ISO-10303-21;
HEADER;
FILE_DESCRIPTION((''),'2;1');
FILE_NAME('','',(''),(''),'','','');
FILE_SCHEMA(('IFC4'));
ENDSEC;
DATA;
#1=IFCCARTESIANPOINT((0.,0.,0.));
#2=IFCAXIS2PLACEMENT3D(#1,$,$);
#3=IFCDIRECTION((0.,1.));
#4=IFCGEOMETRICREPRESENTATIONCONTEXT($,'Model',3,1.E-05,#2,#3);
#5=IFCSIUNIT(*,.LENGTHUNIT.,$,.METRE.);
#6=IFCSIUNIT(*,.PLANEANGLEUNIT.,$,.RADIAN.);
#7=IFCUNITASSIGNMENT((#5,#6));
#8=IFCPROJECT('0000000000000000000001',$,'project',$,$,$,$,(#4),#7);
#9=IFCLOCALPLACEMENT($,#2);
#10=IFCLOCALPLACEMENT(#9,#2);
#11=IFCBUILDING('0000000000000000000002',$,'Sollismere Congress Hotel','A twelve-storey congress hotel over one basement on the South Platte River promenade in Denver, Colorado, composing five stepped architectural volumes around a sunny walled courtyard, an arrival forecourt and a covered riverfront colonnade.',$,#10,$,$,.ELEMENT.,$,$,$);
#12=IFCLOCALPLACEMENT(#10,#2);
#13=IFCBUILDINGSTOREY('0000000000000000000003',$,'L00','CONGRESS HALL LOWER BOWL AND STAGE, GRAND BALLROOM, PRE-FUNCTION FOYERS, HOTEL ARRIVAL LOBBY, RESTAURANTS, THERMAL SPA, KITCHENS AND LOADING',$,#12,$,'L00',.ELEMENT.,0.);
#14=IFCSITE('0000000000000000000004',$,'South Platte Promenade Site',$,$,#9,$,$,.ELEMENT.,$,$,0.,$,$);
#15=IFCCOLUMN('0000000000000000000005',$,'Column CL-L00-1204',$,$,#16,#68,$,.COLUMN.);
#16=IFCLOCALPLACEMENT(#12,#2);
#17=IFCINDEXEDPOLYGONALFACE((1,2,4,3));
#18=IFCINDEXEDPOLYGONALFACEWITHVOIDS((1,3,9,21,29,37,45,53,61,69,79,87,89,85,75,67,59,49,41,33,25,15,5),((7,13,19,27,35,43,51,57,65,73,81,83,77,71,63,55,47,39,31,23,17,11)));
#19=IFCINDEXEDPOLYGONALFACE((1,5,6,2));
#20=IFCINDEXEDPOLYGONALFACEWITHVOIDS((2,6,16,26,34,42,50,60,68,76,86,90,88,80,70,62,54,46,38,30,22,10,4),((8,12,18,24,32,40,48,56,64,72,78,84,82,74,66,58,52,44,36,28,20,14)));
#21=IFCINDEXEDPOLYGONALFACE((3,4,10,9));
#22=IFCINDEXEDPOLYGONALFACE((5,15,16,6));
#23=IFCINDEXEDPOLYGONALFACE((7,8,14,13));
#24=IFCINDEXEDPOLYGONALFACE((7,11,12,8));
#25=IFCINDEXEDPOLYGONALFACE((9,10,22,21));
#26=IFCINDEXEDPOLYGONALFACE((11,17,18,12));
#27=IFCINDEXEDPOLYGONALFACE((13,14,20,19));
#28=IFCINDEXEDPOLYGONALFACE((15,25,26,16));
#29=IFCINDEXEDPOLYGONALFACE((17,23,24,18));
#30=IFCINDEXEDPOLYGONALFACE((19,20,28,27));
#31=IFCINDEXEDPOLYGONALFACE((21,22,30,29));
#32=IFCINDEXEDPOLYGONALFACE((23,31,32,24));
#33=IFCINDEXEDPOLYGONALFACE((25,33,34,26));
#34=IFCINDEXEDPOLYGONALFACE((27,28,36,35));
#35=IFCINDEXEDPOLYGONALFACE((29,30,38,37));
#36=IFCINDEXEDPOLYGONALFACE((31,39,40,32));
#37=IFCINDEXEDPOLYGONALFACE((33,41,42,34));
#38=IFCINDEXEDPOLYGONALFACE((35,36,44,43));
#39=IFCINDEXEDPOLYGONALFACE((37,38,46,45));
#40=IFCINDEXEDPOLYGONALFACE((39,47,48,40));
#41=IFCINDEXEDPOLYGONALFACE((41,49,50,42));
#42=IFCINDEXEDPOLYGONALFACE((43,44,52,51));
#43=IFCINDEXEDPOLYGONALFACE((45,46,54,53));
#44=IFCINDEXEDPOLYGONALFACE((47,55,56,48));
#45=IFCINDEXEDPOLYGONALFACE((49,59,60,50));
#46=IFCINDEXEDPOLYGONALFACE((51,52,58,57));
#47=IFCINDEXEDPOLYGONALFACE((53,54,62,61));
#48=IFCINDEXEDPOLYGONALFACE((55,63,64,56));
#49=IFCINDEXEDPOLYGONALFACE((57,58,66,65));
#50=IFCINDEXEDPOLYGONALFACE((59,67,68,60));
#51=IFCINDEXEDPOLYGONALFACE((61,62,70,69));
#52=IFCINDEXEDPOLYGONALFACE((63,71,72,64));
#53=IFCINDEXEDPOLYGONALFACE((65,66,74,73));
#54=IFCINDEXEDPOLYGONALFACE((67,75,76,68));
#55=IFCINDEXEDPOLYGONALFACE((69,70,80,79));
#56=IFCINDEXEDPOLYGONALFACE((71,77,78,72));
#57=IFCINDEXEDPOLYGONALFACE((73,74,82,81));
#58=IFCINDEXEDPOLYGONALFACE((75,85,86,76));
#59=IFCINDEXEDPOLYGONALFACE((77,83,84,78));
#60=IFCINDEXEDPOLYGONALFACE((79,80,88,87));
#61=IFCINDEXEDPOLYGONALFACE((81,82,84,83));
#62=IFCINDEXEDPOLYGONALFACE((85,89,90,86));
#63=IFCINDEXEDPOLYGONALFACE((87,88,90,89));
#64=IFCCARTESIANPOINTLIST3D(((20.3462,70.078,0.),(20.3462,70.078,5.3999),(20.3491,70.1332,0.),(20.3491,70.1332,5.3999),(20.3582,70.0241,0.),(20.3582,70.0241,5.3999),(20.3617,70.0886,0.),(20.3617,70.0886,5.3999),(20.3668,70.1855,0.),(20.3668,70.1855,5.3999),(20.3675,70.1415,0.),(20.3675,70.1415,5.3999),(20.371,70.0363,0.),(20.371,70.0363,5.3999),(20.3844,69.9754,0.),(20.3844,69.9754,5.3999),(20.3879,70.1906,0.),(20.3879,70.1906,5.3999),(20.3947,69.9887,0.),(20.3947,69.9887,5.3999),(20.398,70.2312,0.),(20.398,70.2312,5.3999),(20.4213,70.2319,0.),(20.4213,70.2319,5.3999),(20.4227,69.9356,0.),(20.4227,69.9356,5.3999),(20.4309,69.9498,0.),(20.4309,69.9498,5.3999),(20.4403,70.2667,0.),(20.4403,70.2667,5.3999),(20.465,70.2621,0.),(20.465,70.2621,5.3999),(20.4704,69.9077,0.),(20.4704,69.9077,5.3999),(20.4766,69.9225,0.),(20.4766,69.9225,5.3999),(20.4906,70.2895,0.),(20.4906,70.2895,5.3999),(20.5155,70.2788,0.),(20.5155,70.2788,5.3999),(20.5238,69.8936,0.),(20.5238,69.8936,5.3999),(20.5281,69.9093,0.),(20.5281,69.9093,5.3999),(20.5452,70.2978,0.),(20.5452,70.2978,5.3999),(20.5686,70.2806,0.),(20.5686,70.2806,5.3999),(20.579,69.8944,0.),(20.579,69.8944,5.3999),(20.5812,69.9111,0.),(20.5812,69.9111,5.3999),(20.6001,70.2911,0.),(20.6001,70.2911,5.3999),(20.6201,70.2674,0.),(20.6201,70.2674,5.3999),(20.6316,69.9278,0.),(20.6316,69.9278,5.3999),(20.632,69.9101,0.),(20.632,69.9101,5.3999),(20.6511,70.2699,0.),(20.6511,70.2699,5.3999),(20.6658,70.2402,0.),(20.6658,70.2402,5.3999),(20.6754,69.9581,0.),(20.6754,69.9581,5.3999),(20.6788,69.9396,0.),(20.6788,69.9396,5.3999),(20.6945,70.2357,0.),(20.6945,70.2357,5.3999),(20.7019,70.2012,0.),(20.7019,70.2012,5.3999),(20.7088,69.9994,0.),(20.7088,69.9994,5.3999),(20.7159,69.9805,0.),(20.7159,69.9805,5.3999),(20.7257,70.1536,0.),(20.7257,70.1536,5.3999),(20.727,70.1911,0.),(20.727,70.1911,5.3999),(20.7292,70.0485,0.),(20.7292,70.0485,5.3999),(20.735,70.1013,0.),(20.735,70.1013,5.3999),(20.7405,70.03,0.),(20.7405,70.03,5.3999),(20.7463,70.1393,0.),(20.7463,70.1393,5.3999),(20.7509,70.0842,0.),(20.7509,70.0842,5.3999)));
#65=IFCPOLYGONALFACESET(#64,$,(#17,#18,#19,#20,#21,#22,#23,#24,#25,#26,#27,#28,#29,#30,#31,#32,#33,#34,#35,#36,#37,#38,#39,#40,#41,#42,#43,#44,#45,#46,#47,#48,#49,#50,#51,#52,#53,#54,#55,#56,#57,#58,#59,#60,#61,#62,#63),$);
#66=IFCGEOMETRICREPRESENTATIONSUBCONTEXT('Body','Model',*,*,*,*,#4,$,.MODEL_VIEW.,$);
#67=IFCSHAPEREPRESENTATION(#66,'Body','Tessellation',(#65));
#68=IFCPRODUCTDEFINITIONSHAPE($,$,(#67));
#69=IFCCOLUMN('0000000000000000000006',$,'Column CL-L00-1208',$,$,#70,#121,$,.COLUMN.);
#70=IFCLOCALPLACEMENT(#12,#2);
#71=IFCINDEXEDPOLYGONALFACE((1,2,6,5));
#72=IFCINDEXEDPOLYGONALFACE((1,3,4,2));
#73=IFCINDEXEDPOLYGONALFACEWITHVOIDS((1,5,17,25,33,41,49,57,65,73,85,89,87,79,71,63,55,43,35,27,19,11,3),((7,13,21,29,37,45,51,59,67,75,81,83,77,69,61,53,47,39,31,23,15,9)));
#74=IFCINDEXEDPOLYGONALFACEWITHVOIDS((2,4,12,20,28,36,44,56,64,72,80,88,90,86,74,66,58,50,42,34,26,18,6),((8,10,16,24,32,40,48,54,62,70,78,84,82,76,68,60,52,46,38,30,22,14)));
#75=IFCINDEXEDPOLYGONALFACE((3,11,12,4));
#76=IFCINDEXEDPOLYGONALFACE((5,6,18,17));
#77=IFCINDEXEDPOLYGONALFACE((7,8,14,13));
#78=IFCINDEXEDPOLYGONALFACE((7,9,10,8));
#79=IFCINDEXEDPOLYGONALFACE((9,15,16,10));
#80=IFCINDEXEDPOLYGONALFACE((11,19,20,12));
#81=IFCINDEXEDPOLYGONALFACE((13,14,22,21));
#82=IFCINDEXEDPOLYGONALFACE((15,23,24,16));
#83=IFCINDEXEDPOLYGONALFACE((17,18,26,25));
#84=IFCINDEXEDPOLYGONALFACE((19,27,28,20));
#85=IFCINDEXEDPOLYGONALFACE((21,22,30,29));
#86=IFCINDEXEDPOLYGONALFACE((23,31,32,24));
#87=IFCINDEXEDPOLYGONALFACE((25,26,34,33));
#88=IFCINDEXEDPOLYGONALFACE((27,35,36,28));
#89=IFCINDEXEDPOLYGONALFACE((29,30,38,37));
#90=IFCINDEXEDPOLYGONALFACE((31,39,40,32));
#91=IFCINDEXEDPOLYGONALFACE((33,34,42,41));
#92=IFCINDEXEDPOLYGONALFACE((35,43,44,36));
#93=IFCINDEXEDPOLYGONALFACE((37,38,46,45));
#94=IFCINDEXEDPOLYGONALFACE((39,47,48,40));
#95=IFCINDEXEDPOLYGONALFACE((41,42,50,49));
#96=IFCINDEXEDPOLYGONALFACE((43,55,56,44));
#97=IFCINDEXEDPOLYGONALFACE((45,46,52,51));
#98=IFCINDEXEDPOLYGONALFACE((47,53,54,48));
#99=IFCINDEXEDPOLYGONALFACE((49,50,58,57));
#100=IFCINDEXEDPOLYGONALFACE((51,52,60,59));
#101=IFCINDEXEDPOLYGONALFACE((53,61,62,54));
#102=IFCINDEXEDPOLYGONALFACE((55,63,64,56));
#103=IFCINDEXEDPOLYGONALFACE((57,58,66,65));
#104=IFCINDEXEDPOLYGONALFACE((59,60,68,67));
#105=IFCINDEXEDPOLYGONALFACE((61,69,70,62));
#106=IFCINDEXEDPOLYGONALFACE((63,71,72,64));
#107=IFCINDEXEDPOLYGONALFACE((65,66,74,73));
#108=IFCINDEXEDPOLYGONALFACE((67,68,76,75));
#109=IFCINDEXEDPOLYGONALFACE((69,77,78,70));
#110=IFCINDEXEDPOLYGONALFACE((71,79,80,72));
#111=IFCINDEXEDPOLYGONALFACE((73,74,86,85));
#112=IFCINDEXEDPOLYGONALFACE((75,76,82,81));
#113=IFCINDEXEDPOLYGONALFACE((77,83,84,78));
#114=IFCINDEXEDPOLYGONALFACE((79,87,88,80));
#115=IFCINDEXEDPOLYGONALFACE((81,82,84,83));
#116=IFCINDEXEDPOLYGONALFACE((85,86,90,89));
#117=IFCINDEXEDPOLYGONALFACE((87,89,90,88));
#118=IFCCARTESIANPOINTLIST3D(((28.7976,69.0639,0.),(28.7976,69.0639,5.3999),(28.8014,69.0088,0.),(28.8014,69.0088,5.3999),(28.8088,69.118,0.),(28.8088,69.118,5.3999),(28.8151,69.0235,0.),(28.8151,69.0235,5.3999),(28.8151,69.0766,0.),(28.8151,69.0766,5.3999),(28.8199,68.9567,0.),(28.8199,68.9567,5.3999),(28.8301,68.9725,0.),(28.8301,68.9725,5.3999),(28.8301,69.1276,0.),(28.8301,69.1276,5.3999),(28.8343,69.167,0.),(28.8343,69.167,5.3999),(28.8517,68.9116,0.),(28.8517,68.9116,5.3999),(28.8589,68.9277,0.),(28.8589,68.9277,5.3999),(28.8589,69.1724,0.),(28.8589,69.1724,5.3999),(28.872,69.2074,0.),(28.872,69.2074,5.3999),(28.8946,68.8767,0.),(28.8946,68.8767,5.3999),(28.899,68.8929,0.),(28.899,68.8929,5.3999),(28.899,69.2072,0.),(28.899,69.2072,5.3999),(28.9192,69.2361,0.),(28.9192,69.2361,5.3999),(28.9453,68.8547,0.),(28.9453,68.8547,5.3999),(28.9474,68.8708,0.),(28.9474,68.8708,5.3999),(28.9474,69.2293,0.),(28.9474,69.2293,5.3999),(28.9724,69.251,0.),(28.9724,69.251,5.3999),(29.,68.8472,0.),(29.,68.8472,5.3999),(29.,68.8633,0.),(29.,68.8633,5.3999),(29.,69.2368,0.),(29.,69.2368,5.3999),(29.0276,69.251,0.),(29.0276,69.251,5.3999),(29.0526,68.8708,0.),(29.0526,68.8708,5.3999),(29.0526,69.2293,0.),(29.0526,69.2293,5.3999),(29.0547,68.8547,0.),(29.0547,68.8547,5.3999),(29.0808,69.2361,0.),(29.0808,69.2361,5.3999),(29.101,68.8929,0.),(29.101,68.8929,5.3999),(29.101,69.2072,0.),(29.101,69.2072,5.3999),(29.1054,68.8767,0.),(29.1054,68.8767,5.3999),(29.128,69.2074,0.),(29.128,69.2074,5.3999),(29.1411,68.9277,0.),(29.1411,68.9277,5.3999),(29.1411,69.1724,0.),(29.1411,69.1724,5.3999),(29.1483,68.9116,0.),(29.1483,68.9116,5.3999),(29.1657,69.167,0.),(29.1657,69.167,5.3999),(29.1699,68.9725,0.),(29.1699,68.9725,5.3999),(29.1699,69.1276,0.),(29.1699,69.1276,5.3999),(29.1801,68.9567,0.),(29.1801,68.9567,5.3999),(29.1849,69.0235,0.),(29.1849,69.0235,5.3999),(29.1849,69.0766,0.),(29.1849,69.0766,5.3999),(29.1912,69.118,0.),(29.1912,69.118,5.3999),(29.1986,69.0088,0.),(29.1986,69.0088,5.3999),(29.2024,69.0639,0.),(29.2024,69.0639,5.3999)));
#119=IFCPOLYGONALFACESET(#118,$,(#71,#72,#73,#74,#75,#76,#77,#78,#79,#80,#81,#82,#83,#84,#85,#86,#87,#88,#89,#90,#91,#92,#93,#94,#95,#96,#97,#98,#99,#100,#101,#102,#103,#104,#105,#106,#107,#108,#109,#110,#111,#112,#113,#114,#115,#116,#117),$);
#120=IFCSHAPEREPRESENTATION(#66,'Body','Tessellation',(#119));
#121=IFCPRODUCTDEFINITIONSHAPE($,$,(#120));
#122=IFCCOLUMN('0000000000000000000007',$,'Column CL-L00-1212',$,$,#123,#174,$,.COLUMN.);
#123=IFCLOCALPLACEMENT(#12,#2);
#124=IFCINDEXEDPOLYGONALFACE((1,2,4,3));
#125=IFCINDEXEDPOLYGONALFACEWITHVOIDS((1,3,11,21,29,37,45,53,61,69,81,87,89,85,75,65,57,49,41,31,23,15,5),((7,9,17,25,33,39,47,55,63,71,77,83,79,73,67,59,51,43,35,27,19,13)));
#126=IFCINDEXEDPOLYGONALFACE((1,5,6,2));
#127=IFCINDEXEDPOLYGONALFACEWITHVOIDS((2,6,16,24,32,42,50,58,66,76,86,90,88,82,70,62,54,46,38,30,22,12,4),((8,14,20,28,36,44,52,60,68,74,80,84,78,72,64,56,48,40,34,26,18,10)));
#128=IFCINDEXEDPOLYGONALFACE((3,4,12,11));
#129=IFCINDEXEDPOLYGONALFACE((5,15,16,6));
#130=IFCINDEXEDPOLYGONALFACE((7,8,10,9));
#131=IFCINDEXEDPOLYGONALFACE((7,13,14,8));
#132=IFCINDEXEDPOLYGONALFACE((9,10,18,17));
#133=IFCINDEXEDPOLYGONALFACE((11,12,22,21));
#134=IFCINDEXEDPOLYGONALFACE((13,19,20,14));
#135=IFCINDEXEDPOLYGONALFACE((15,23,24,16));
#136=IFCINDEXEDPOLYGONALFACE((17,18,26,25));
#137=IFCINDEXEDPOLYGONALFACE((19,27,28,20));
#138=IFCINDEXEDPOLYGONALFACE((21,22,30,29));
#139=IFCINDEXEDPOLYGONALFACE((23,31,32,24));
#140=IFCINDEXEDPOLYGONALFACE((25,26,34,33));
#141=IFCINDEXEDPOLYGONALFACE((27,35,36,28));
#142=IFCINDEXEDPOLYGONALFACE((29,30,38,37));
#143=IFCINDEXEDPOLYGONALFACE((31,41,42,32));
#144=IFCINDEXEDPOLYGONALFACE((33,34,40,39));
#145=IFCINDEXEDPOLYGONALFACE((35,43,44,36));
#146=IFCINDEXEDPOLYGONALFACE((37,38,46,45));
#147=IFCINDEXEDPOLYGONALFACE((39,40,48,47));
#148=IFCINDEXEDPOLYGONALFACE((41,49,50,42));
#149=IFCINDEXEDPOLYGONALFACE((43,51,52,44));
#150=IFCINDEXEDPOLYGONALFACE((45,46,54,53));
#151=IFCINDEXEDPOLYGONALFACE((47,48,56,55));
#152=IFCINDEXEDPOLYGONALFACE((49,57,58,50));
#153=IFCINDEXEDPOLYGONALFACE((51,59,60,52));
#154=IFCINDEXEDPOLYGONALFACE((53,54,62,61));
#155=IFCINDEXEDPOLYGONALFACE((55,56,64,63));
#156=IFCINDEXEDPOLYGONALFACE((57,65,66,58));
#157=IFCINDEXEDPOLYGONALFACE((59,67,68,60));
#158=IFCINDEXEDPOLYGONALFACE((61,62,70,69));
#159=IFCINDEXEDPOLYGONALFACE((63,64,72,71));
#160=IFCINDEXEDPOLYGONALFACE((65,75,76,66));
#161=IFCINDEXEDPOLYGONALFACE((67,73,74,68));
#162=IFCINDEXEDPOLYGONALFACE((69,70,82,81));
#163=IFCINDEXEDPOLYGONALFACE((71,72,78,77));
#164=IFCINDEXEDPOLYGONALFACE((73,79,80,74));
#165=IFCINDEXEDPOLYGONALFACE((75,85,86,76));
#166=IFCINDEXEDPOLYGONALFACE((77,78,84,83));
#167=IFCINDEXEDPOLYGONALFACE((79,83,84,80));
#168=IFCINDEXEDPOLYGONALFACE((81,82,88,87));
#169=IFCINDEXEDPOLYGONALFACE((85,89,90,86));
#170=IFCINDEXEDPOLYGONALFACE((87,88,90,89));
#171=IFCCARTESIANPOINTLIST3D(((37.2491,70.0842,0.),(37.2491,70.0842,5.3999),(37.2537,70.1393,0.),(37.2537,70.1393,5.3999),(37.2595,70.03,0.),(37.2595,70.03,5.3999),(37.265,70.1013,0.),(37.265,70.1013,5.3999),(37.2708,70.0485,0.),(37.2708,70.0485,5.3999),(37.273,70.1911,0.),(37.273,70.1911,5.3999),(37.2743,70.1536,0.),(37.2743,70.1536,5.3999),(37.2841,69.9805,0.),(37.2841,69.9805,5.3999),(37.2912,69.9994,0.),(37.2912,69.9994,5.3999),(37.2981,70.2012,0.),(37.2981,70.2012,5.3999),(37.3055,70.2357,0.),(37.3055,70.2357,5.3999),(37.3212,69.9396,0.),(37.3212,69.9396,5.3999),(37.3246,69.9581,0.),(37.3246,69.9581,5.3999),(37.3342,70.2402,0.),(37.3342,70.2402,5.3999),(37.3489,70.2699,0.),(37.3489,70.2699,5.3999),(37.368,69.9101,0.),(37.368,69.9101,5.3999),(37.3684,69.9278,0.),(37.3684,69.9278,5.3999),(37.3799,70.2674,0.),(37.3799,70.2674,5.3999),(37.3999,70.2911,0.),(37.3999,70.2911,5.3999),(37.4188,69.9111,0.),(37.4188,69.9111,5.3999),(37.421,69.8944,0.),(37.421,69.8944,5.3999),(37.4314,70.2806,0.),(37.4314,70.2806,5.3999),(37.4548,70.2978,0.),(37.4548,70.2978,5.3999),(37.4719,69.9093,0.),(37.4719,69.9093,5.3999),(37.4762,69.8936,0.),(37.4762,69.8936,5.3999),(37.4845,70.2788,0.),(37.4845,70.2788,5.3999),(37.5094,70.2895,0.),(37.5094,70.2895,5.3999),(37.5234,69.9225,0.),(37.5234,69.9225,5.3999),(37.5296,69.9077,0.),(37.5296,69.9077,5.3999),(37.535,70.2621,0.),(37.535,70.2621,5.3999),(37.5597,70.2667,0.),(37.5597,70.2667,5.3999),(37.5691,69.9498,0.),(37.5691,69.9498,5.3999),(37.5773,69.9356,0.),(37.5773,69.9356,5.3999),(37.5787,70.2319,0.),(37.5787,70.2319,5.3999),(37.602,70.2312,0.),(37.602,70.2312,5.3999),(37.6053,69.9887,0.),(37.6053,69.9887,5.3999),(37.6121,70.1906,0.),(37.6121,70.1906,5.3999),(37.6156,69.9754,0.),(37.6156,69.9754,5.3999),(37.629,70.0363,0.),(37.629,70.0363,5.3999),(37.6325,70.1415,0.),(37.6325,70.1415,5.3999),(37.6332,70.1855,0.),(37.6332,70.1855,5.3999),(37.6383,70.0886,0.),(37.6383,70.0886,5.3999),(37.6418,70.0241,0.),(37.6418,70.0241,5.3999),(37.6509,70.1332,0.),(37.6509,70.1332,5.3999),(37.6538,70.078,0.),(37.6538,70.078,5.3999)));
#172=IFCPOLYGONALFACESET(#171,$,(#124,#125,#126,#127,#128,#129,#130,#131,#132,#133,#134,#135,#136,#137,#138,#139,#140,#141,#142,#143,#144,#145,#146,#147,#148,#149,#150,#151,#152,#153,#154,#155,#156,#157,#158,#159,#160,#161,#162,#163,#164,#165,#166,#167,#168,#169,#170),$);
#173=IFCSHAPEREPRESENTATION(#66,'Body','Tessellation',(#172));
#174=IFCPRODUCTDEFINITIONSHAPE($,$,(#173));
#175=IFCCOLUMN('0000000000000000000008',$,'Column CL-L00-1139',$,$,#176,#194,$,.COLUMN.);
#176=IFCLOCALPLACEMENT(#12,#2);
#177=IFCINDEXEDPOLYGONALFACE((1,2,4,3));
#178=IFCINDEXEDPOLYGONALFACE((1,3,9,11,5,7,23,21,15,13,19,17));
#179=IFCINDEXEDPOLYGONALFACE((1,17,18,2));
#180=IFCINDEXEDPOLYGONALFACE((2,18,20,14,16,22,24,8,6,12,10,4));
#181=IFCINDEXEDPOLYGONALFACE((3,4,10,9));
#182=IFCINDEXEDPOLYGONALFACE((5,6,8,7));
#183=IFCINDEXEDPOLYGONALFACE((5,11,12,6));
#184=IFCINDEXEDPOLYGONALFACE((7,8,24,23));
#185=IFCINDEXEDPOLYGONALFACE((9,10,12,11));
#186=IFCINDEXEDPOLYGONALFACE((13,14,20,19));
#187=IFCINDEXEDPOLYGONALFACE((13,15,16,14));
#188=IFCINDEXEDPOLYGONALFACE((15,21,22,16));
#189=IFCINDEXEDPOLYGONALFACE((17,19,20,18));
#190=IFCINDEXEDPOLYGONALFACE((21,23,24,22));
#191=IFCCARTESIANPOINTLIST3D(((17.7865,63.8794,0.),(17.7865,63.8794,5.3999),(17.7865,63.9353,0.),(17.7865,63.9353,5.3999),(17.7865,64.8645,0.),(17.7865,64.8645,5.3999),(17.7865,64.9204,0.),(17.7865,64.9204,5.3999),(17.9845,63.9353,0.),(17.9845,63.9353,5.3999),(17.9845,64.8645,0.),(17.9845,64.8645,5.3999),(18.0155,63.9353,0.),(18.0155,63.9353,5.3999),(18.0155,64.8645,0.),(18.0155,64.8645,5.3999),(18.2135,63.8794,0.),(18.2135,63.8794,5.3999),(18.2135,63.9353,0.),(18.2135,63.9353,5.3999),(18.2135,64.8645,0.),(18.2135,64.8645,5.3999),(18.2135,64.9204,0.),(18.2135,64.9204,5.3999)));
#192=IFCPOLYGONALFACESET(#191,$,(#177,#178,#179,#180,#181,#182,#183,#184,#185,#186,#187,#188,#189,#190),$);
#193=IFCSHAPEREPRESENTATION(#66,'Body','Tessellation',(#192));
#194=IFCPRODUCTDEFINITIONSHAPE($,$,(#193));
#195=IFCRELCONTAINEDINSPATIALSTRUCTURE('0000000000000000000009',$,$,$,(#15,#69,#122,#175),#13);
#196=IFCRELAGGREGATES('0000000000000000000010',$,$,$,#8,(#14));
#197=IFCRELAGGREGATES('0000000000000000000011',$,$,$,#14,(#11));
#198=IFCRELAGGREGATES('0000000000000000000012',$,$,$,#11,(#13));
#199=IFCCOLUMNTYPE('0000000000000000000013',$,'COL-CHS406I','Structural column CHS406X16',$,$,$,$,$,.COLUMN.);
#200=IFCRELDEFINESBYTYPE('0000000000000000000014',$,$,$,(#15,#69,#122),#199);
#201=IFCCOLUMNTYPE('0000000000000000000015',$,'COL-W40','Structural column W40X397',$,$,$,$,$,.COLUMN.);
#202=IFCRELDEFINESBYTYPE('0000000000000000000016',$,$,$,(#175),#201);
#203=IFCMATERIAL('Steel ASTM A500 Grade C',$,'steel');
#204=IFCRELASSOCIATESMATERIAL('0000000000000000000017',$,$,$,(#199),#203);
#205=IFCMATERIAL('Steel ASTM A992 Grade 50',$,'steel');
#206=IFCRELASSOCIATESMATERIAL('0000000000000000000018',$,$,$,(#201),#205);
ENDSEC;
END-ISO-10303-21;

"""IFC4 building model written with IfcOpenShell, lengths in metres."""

from ifc_helpers import new_model, si_unit, direction, frame, origin, origin_2d, place, context, subcontext, project, spatial, hollow_circle, i_section, extrude, material, material_profile, profile_set, type_object, element, save


model = new_model("IFC4")

# Units and contexts
model_context = context("Model", 3, precision=1e-05, world=origin(), true_north=direction((0.0, 1.0)))
body_context = subcontext(model_context, "Body", "Model", "MODEL_VIEW")
ifc_project = project(units=[si_unit("LENGTHUNIT", "METRE"), si_unit("PLANEANGLEUNIT", "RADIAN")], contexts=[model_context])

# Site, building, storey
site_placement = place(None, origin())
site = spatial("IfcSite", under=ifc_project, at=site_placement, Name="South Platte Promenade Site", CompositionType="ELEMENT", RefElevation=0.0)
building_placement = place(site_placement, origin())
building = spatial("IfcBuilding", under=site, at=building_placement, Name="Sollismere Congress Hotel", Description="A twelve-storey congress hotel over one basement on the South Platte River promenade in Denver, Colorado, composing five stepped architectural volumes around a sunny walled courtyard, an arrival forecourt and a covered riverfront colonnade.", CompositionType="ELEMENT")
storey_placement = place(building_placement, origin())
storey = spatial("IfcBuildingStorey", under=building, at=storey_placement, Name="L00", Description="CONGRESS HALL LOWER BOWL AND STAGE, GRAND BALLROOM, PRE-FUNCTION FOYERS, HOTEL ARRIVAL LOBBY, RESTAURANTS, THERMAL SPA, KITCHENS AND LOADING", LongName="L00", CompositionType="ELEMENT", Elevation=0.0)

# Columns
ifc_material_1 = material(Name="Steel ASTM A500 Grade C", Category="steel")
ifc_material_profile_1 = material_profile(ifc_material_1, hollow_circle(Radius=0.2029, WallThickness=0.0161, at=origin_2d()), Name="CHS406X16")
ifc_profile_set_1 = profile_set([ifc_material_profile_1], Name="Steel ASTM A500 Grade C")
column_type_1 = type_object("IfcColumnType", Name="COL-CHS406I", Description="Structural column CHS406X16", PredefinedType="COLUMN", material=ifc_profile_set_1)
for number, where, z_axis, x_axis, name in (
    (1, (20.5483, 70.095, 0.0), (0.0, 0.0, 1.0), (-0.384295, -0.92321, 0.0), "Column CL-L00-1204"),
    (2, (29.0, 69.05, 0.0), (0.0, 0.0, 1.0), (0.0, -1.0, 0.0), "Column CL-L00-1208"),
    (3, (37.4517, 70.095, 0.0), (0.0, 0.0, 1.0), (0.384295, -0.92321, 0.0), "Column CL-L00-1212"),
):
    element("IfcColumn", number, at=place(storey_placement, frame(where, z_axis=z_axis, x_axis=x_axis)), inside=storey, type_object=column_type_1, Name=name, PredefinedType="COLUMN", context=body_context, shape_type="SweptSolid", body=[
        extrude(hollow_circle(Radius=0.2029, WallThickness=0.0161, at=origin_2d()), origin(), (0.0, 0.0, 1.0), 5.3999),
    ])
ifc_material_2 = material(Name="Steel ASTM A992 Grade 50", Category="steel")
ifc_material_profile_2 = material_profile(ifc_material_2, i_section(OverallWidth=0.427, OverallDepth=1.041, WebThickness=0.031, FlangeThickness=0.0559, at=origin_2d()), Name="W40X397")
ifc_profile_set_2 = profile_set([ifc_material_profile_2], Name="Steel ASTM A992 Grade 50")
column_type_2 = type_object("IfcColumnType", Name="COL-W40", Description="Structural column W40X397", PredefinedType="COLUMN", material=ifc_profile_set_2)
column_placement = place(storey_placement, frame((18.0, 64.3999, 0.0), z_axis=(0.0, 0.0, 1.0), x_axis=(1.0, 0.0, 0.0)))
element("IfcColumn", 4, at=column_placement, inside=storey, type_object=column_type_2, Name="Column CL-L00-1139", PredefinedType="COLUMN", context=body_context, shape_type="SweptSolid", body=[
    extrude(i_section(OverallWidth=0.427, OverallDepth=1.041, WebThickness=0.031, FlangeThickness=0.0559, at=origin_2d()), origin(), (0.0, 0.0, 1.0), 5.3999),
])

save(model, "model.ifc")
